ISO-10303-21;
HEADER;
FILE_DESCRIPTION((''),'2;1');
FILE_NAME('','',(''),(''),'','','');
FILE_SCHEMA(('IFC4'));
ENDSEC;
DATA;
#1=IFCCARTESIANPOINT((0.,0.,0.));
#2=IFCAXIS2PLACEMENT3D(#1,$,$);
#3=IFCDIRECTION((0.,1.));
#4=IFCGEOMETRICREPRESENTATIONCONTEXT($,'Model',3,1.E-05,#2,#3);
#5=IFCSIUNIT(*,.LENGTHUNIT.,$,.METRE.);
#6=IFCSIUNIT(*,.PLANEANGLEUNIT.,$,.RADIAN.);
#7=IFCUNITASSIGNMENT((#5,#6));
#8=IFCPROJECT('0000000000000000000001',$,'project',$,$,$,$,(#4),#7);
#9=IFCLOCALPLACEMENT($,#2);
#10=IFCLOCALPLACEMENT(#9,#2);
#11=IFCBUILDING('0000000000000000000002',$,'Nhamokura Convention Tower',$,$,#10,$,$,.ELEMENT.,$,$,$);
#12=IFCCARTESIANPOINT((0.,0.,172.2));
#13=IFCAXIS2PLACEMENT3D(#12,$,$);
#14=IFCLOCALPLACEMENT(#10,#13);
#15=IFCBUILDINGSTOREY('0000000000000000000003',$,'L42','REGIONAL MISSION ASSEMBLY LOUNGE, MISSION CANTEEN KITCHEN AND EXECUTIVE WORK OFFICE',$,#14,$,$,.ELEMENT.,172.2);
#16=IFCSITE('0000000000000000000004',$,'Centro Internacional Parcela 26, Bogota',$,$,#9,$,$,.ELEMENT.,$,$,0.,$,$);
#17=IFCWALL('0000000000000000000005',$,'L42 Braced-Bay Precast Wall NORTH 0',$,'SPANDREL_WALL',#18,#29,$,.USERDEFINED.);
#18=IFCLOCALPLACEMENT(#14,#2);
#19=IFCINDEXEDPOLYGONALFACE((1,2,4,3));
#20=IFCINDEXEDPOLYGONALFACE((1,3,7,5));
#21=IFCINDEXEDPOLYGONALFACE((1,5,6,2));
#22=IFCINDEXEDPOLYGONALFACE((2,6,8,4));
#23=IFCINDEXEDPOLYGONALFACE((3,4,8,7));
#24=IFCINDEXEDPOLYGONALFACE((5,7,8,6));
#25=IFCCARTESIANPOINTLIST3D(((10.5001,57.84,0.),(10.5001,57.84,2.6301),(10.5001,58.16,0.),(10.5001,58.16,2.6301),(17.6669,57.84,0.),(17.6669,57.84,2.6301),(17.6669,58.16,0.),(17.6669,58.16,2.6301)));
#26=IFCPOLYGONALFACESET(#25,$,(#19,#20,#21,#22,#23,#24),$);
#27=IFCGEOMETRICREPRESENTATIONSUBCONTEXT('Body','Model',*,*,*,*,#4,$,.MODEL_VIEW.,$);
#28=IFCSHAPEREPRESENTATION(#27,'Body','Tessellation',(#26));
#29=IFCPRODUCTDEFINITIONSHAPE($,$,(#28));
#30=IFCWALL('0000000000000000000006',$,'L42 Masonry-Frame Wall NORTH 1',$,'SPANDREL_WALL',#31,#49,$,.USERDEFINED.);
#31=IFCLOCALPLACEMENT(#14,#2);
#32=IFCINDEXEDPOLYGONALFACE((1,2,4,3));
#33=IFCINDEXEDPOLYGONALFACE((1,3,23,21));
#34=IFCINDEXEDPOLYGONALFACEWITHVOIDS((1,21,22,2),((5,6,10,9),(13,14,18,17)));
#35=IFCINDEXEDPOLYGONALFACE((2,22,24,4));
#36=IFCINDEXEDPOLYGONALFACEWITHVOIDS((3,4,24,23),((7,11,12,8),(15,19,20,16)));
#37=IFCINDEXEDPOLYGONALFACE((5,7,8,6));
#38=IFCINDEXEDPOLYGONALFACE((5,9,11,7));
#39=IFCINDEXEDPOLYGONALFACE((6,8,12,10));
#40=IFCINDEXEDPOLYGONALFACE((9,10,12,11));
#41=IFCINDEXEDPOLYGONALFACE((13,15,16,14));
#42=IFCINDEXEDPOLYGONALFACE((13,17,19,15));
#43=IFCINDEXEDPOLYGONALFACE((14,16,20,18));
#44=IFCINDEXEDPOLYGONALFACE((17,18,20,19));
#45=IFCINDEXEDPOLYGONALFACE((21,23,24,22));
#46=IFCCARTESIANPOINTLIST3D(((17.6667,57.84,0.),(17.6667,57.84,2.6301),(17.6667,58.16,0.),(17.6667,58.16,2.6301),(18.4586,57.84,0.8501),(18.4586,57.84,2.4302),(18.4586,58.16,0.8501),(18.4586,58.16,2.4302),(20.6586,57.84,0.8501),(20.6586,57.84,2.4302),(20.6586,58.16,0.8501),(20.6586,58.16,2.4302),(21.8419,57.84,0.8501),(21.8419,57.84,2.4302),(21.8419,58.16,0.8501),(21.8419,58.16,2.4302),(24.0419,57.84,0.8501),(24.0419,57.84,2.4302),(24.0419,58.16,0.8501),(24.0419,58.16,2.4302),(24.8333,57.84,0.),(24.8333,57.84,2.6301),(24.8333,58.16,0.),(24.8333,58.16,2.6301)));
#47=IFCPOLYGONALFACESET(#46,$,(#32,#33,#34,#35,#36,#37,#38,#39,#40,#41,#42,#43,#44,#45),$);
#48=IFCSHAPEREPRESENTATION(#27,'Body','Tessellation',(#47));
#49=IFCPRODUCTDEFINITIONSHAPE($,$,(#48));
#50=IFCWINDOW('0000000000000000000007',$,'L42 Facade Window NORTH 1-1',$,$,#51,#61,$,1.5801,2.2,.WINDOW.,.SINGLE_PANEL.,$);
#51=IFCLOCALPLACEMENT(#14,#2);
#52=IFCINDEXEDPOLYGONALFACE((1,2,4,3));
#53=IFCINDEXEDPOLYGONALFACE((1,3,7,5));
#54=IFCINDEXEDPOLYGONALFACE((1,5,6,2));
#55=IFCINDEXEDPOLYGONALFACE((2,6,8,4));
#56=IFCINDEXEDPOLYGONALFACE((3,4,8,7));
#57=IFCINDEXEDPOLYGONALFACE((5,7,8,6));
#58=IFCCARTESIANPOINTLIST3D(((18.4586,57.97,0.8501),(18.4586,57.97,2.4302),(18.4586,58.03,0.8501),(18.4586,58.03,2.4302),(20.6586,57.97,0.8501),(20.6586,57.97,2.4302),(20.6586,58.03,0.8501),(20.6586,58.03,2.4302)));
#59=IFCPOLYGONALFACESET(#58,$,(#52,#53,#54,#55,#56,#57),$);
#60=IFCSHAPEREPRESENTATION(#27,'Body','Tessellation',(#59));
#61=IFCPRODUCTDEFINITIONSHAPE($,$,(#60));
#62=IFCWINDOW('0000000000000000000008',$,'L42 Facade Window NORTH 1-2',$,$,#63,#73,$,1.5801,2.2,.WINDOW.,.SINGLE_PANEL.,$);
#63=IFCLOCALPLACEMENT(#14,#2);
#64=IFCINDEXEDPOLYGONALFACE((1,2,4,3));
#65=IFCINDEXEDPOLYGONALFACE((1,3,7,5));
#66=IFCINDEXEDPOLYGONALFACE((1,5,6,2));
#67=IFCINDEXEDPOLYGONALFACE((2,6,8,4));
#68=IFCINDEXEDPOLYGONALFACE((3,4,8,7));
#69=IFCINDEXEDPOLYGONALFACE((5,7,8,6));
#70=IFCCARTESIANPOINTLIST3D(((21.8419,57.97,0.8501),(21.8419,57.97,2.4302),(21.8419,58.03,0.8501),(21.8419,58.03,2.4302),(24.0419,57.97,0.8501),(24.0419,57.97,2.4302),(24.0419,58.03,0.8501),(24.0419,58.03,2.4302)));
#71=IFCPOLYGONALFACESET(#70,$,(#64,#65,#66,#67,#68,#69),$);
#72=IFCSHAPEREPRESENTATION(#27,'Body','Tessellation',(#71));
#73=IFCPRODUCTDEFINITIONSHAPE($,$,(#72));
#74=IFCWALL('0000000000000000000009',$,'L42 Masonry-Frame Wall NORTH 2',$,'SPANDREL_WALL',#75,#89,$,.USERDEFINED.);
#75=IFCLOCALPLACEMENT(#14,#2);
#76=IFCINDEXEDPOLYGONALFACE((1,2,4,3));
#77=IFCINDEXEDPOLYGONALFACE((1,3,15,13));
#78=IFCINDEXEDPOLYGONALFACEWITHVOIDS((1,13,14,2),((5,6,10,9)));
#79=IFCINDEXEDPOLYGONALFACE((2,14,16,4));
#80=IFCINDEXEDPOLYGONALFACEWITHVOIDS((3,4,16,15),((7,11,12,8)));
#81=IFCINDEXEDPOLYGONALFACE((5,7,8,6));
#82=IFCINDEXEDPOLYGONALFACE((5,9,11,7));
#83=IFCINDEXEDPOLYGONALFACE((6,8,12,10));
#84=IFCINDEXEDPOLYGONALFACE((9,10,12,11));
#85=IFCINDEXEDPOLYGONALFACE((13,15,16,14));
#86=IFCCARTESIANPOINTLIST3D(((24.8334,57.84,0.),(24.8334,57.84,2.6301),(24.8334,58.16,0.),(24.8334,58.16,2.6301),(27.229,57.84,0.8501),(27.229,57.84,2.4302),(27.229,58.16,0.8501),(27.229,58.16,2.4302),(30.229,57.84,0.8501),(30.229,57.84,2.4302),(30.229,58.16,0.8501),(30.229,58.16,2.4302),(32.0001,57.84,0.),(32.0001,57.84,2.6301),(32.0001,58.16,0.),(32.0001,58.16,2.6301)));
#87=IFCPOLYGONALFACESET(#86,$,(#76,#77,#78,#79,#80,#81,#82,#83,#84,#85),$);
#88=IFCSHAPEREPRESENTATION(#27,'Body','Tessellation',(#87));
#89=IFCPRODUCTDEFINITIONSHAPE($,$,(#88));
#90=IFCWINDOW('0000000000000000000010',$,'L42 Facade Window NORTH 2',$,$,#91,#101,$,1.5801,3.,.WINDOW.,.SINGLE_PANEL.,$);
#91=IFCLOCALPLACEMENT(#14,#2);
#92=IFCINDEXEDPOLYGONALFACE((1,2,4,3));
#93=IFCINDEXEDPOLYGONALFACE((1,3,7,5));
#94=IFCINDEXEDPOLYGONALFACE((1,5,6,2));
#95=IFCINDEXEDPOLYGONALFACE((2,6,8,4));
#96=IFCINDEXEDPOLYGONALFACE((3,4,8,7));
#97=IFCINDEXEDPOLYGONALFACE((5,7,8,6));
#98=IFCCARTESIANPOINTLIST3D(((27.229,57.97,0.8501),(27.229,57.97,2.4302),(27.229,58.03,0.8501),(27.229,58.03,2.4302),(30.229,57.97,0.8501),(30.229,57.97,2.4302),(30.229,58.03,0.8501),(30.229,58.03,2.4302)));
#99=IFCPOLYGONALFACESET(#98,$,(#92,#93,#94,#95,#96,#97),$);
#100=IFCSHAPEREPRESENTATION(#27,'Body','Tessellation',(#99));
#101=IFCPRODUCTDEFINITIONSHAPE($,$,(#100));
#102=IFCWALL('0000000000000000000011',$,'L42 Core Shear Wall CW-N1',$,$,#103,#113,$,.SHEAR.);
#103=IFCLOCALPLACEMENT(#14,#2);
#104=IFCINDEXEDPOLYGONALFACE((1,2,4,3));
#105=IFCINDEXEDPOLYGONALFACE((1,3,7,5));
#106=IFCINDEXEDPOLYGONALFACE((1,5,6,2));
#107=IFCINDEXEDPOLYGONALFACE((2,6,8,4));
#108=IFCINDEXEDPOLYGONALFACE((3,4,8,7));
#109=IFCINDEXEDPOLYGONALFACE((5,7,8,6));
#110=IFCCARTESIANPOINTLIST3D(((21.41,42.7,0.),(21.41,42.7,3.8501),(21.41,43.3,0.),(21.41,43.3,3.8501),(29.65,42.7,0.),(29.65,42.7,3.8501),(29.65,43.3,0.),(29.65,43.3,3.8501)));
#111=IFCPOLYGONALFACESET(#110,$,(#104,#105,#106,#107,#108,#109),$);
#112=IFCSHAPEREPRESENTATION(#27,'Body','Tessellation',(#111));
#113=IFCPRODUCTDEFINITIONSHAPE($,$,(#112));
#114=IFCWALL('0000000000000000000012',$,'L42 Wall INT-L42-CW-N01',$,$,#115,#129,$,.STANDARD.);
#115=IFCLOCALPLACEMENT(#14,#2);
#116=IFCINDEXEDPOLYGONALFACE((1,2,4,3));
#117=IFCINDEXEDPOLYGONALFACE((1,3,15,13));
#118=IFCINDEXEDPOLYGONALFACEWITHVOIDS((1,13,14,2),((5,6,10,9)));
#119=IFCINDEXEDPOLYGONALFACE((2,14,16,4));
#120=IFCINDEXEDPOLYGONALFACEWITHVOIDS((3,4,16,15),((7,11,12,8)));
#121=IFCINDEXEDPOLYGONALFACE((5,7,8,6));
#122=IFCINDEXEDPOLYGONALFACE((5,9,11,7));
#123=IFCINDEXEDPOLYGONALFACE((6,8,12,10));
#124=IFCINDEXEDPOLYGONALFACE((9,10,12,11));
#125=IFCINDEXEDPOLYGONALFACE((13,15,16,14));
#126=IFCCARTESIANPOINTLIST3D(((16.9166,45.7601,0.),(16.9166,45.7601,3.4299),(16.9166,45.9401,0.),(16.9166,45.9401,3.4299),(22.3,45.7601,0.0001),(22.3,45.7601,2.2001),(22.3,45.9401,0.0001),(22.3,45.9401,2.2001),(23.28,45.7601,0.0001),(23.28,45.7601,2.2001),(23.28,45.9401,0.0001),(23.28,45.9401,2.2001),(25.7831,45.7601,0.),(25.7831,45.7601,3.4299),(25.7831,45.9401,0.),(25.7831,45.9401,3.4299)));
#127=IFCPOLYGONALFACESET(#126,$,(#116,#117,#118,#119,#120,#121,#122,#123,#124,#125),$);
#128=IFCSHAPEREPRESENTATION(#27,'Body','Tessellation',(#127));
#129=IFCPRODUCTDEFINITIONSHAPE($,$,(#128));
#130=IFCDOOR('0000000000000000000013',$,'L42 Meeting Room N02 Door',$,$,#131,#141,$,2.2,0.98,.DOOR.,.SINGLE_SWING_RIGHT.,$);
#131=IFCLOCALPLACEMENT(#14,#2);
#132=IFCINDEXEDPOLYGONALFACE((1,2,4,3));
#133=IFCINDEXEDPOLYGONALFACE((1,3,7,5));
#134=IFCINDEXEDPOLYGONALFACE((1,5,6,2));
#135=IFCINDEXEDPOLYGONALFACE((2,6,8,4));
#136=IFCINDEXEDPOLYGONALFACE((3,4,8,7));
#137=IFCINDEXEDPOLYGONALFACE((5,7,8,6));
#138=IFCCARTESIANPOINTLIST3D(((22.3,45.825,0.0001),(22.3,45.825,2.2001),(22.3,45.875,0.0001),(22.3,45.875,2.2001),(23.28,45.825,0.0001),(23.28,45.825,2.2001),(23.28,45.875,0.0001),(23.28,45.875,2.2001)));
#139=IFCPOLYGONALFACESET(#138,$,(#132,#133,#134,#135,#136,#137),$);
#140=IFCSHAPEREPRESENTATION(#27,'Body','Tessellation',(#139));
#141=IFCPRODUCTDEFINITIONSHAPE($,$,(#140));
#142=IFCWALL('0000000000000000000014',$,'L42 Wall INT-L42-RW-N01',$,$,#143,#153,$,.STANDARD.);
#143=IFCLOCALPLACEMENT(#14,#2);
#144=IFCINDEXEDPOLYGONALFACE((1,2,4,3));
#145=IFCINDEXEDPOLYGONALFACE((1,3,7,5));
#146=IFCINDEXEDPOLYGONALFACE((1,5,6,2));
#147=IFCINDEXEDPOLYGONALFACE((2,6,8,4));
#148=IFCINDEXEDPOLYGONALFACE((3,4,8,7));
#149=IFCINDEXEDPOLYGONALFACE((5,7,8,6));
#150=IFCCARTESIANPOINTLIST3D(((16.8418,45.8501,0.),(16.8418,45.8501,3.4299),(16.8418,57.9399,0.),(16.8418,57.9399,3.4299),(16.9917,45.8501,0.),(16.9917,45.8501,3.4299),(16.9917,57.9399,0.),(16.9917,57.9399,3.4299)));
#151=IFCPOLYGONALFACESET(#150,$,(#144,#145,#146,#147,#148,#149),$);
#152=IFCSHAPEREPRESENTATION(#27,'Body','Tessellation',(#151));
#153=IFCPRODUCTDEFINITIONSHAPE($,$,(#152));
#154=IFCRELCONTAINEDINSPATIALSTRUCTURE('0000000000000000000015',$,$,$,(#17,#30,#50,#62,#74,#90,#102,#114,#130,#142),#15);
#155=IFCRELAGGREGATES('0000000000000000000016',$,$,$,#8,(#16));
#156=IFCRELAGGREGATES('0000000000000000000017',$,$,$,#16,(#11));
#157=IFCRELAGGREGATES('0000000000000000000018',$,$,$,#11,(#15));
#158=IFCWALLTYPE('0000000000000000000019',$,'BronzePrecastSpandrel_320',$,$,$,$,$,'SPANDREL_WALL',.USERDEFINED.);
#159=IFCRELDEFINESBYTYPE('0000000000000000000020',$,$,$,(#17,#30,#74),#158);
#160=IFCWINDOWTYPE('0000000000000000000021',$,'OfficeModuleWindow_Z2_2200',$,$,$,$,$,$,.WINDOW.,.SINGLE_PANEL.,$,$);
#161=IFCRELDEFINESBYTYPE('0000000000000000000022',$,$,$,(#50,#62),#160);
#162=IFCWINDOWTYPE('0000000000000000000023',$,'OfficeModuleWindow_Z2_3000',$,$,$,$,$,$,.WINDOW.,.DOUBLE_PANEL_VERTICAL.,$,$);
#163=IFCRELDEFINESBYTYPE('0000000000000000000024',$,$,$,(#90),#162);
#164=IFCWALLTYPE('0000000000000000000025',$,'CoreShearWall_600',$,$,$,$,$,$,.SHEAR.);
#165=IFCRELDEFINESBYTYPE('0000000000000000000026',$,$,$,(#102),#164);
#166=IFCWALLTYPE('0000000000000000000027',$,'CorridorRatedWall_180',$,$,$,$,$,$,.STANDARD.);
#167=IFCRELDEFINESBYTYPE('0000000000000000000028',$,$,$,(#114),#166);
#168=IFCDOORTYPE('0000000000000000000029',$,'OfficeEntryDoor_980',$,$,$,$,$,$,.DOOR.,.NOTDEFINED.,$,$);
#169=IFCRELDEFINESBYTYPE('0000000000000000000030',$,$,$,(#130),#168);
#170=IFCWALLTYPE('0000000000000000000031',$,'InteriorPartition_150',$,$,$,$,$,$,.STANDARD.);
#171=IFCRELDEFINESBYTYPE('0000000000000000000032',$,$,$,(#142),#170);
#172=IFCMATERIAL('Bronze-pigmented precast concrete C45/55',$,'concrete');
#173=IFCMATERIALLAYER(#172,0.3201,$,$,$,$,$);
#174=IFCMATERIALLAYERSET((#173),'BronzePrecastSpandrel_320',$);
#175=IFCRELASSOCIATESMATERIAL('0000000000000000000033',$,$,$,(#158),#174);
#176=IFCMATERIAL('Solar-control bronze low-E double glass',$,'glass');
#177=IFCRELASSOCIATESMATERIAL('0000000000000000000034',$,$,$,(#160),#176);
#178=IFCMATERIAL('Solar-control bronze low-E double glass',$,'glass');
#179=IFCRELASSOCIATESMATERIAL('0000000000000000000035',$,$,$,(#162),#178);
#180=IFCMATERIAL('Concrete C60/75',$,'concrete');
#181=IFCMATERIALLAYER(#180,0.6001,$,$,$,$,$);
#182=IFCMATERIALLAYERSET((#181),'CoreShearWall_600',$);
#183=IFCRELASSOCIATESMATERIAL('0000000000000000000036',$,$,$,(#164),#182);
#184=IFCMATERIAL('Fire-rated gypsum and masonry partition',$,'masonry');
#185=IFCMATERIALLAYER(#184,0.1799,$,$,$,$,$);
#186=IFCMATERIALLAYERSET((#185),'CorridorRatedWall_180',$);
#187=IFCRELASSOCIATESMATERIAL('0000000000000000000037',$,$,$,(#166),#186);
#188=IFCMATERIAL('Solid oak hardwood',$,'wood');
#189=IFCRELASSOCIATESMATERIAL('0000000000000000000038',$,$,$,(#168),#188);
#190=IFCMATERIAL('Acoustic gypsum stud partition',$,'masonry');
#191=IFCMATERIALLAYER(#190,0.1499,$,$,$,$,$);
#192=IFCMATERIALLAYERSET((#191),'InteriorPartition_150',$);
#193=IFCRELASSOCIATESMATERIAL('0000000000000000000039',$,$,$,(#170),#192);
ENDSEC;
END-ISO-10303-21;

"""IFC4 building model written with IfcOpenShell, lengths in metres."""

from ifc_helpers import new_model, si_unit, direction, frame, frame_2d, origin, place, context, subcontext, project, spatial, rectangle, extrude, material, layer, layer_set, type_object, element, fill, save


model = new_model("IFC4")

# Units and contexts
model_context = context("Model", 3, precision=1e-05, world=origin(), true_north=direction((0.0, 1.0)))
body_context = subcontext(model_context, "Body", "Model", "MODEL_VIEW")
ifc_project = project(units=[si_unit("LENGTHUNIT", "METRE"), si_unit("PLANEANGLEUNIT", "RADIAN")], contexts=[model_context])

# Site, building, storey
site_placement = place(None, origin())
site = spatial("IfcSite", under=ifc_project, at=site_placement, Name="Centro Internacional Parcela 26, Bogota", CompositionType="ELEMENT", RefElevation=0.0)
building_placement = place(site_placement, origin())
building = spatial("IfcBuilding", under=site, at=building_placement, Name="Nhamokura Convention Tower", CompositionType="ELEMENT")
storey_placement = place(building_placement, frame((0.0, 0.0, 172.2)))
storey = spatial("IfcBuildingStorey", under=building, at=storey_placement, Name="L42", Description="REGIONAL MISSION ASSEMBLY LOUNGE, MISSION CANTEEN KITCHEN AND EXECUTIVE WORK OFFICE", CompositionType="ELEMENT", Elevation=172.2)

# Wall
ifc_material_1 = material(Name="Bronze-pigmented precast concrete C45/55", Category="concrete")
ifc_layer_1 = layer(ifc_material_1, 0.3201)
ifc_layer_set_1 = layer_set([ifc_layer_1], Name="BronzePrecastSpandrel_320")
wall_type_1 = type_object("IfcWallType", Name="BronzePrecastSpandrel_320", ElementType="SPANDREL_WALL", PredefinedType="USERDEFINED", material=ifc_layer_set_1)
wall_1_placement = place(storey_placement, frame((10.5, 58.0, 0.0), z_axis=(0.0, 0.0, 1.0), x_axis=(1.0, 0.0, 0.0)))
element("IfcWall", 1, at=wall_1_placement, inside=storey, type_object=wall_type_1, Name="L42 Braced-Bay Precast Wall NORTH 0", ObjectType="SPANDREL_WALL", PredefinedType="USERDEFINED", context=body_context, shape_type="SweptSolid", body=[
    extrude(rectangle(XDim=7.1667, YDim=0.3201, at=frame_2d((3.5835, 0.0))), origin(), (0.0, 0.0, 1.0), 2.6301),
])

# Wall, openings, windows
wall_2_placement = place(storey_placement, frame((17.6667, 58.0, 0.0), z_axis=(0.0, 0.0, 1.0), x_axis=(1.0, 0.0, 0.0)))
wall_2 = element("IfcWall", 2, at=wall_2_placement, inside=storey, type_object=wall_type_1, Name="L42 Masonry-Frame Wall NORTH 1", ObjectType="SPANDREL_WALL", PredefinedType="USERDEFINED", context=body_context, shape_type="SweptSolid", body=[
    extrude(rectangle(XDim=7.1665, YDim=0.3201, at=frame_2d((3.5833, 0.0))), origin(), (0.0, 0.0, 1.0), 2.6301),
])
opening_1_placement = place(wall_2_placement, frame((0.7917, 0.0, 0.8501)))
opening_1 = element("IfcOpeningElement", 3, at=opening_1_placement, cuts=wall_2, PredefinedType="OPENING", context=body_context, shape_type="SweptSolid", body=[
    extrude(rectangle(XDim=2.2, YDim=1.5801, at=frame_2d((1.1001, 0.79))), frame((0.0, 0.1699, 0.0), z_axis=(0.0, -1.0, 0.0), x_axis=(1.0, 0.0, 0.0)), (0.0, 0.0, 1.0), 0.3401),
])
opening_2_placement = place(wall_2_placement, frame((4.175, 0.0, 0.8501)))
opening_2 = element("IfcOpeningElement", 4, at=opening_2_placement, cuts=wall_2, PredefinedType="OPENING", context=body_context, shape_type="SweptSolid", body=[
    extrude(rectangle(XDim=2.2, YDim=1.5801, at=frame_2d((1.1001, 0.79))), frame((0.0, 0.1699, 0.0), z_axis=(0.0, -1.0, 0.0), x_axis=(1.0, 0.0, 0.0)), (0.0, 0.0, 1.0), 0.3401),
])
ifc_material_2 = material(Name="Solar-control bronze low-E double glass", Category="glass")
window_type_1 = type_object("IfcWindowType", Name="OfficeModuleWindow_Z2_2200", PartitioningType="SINGLE_PANEL", PredefinedType="WINDOW", material=ifc_material_2)
window_1_placement = place(opening_1_placement, origin())
window_1 = element("IfcWindow", 5, at=window_1_placement, inside=storey, type_object=window_type_1, Name="L42 Facade Window NORTH 1-1", OverallHeight=1.5801, OverallWidth=2.2, PartitioningType="SINGLE_PANEL", PredefinedType="WINDOW", context=body_context, shape_type="SweptSolid", body=[
    extrude(rectangle(XDim=2.2, YDim=1.5801, at=frame_2d((1.1001, 0.79))), frame((0.0, 0.03, 0.0), z_axis=(0.0, -1.0, 0.0), x_axis=(1.0, 0.0, 0.0)), (0.0, 0.0, 1.0), 0.0601),
])
fill(opening_1, window_1)
window_2_placement = place(opening_2_placement, origin())
window_2 = element("IfcWindow", 6, at=window_2_placement, inside=storey, type_object=window_type_1, Name="L42 Facade Window NORTH 1-2", OverallHeight=1.5801, OverallWidth=2.2, PartitioningType="SINGLE_PANEL", PredefinedType="WINDOW", context=body_context, shape_type="SweptSolid", body=[
    extrude(rectangle(XDim=2.2, YDim=1.5801, at=frame_2d((1.1001, 0.79))), frame((0.0, 0.03, 0.0), z_axis=(0.0, -1.0, 0.0), x_axis=(1.0, 0.0, 0.0)), (0.0, 0.0, 1.0), 0.0601),
])
fill(opening_2, window_2)

# Wall, opening, window
wall_3_placement = place(storey_placement, frame((24.8333, 58.0, 0.0), z_axis=(0.0, 0.0, 1.0), x_axis=(1.0, 0.0, 0.0)))
wall_3 = element("IfcWall", 7, at=wall_3_placement, inside=storey, type_object=wall_type_1, Name="L42 Masonry-Frame Wall NORTH 2", ObjectType="SPANDREL_WALL", PredefinedType="USERDEFINED", context=body_context, shape_type="SweptSolid", body=[
    extrude(rectangle(XDim=7.1667, YDim=0.3201, at=frame_2d((3.5835, 0.0))), origin(), (0.0, 0.0, 1.0), 2.6301),
])
opening_3_placement = place(wall_3_placement, frame((2.3958, 0.0, 0.8501)))
opening_3 = element("IfcOpeningElement", 8, at=opening_3_placement, cuts=wall_3, PredefinedType="OPENING", context=body_context, shape_type="SweptSolid", body=[
    extrude(rectangle(XDim=3.0, YDim=1.5801, at=frame_2d((1.5, 0.79))), frame((0.0, 0.1699, 0.0), z_axis=(0.0, -1.0, 0.0), x_axis=(1.0, 0.0, 0.0)), (0.0, 0.0, 1.0), 0.3401),
])
ifc_material_3 = material(Name="Solar-control bronze low-E double glass", Category="glass")
window_type_2 = type_object("IfcWindowType", Name="OfficeModuleWindow_Z2_3000", PartitioningType="DOUBLE_PANEL_VERTICAL", PredefinedType="WINDOW", material=ifc_material_3)
window_3_placement = place(opening_3_placement, origin())
window_3 = element("IfcWindow", 9, at=window_3_placement, inside=storey, type_object=window_type_2, Name="L42 Facade Window NORTH 2", OverallHeight=1.5801, OverallWidth=3.0, PartitioningType="SINGLE_PANEL", PredefinedType="WINDOW", context=body_context, shape_type="SweptSolid", body=[
    extrude(rectangle(XDim=3.0, YDim=1.5801, at=frame_2d((1.5, 0.79))), frame((0.0, 0.03, 0.0), z_axis=(0.0, -1.0, 0.0), x_axis=(1.0, 0.0, 0.0)), (0.0, 0.0, 1.0), 0.0601),
])
fill(opening_3, window_3)

# Wall
ifc_material_4 = material(Name="Concrete C60/75", Category="concrete")
ifc_layer_2 = layer(ifc_material_4, 0.6001)
ifc_layer_set_2 = layer_set([ifc_layer_2], Name="CoreShearWall_600")
wall_type_2 = type_object("IfcWallType", Name="CoreShearWall_600", PredefinedType="SHEAR", material=ifc_layer_set_2)
wall_4_placement = place(storey_placement, frame((21.4099, 43.0, 0.0), z_axis=(0.0, 0.0, 1.0), x_axis=(1.0, 0.0, 0.0)))
element("IfcWall", 10, at=wall_4_placement, inside=storey, type_object=wall_type_2, Name="L42 Core Shear Wall CW-N1", PredefinedType="SHEAR", context=body_context, shape_type="SweptSolid", body=[
    extrude(rectangle(XDim=8.24, YDim=0.6001, at=frame_2d((4.1201, 0.0))), origin(), (0.0, 0.0, 1.0), 3.8501),
])

# Wall, opening, door
ifc_material_5 = material(Name="Fire-rated gypsum and masonry partition", Category="masonry")
ifc_layer_3 = layer(ifc_material_5, 0.1799)
ifc_layer_set_3 = layer_set([ifc_layer_3], Name="CorridorRatedWall_180")
wall_type_3 = type_object("IfcWallType", Name="CorridorRatedWall_180", PredefinedType="STANDARD", material=ifc_layer_set_3)
wall_5_placement = place(storey_placement, frame((16.9167, 45.8501, 0.0), z_axis=(0.0, 0.0, 1.0), x_axis=(1.0, 0.0, 0.0)))
wall_5 = element("IfcWall", 11, at=wall_5_placement, inside=storey, type_object=wall_type_3, Name="L42 Wall INT-L42-CW-N01", PredefinedType="STANDARD", context=body_context, shape_type="SweptSolid", body=[
    extrude(rectangle(XDim=8.8665, YDim=0.1799, at=frame_2d((4.4331, 0.0))), origin(), (0.0, 0.0, 1.0), 3.4299),
])
opening_4_placement = place(wall_5_placement, frame((5.3833, 0.0, 0.0)))
opening_4 = element("IfcOpeningElement", 12, at=opening_4_placement, cuts=wall_5, PredefinedType="OPENING", context=body_context, shape_type="SweptSolid", body=[
    extrude(rectangle(XDim=0.98, YDim=2.2, at=frame_2d((0.49, 1.1001))), frame((0.0, 0.0999, 0.0), z_axis=(0.0, -1.0, 0.0), x_axis=(1.0, 0.0, 0.0)), (0.0, 0.0, 1.0), 0.2),
])
ifc_material_6 = material(Name="Solid oak hardwood", Category="wood")
door_type = type_object("IfcDoorType", Name="OfficeEntryDoor_980", OperationType="NOTDEFINED", PredefinedType="DOOR", material=ifc_material_6)
door_placement = place(opening_4_placement, origin())
door = element("IfcDoor", 13, at=door_placement, inside=storey, type_object=door_type, Name="L42 Meeting Room N02 Door", OperationType="SINGLE_SWING_RIGHT", OverallHeight=2.2, OverallWidth=0.98, PredefinedType="DOOR", context=body_context, shape_type="SweptSolid", body=[
    extrude(rectangle(XDim=0.98, YDim=2.2, at=frame_2d((0.49, 1.1001))), frame((0.0, 0.0249, 0.0), z_axis=(0.0, -1.0, 0.0), x_axis=(1.0, 0.0, 0.0)), (0.0, 0.0, 1.0), 0.05),
])
fill(opening_4, door)

# Wall
ifc_material_7 = material(Name="Acoustic gypsum stud partition", Category="masonry")
ifc_layer_4 = layer(ifc_material_7, 0.1499)
ifc_layer_set_4 = layer_set([ifc_layer_4], Name="InteriorPartition_150")
wall_type_4 = type_object("IfcWallType", Name="InteriorPartition_150", PredefinedType="STANDARD", material=ifc_layer_set_4)
wall_6_placement = place(storey_placement, frame((16.9167, 45.8501, 0.0), z_axis=(0.0, 0.0, 1.0), x_axis=(0.0, 1.0, 0.0)))
element("IfcWall", 14, at=wall_6_placement, inside=storey, type_object=wall_type_4, Name="L42 Wall INT-L42-RW-N01", PredefinedType="STANDARD", context=body_context, shape_type="SweptSolid", body=[
    extrude(rectangle(XDim=12.0898, YDim=0.1499, at=frame_2d((6.0449, 0.0))), origin(), (0.0, 0.0, 1.0), 3.4299),
])

save(model, "model.ifc")
